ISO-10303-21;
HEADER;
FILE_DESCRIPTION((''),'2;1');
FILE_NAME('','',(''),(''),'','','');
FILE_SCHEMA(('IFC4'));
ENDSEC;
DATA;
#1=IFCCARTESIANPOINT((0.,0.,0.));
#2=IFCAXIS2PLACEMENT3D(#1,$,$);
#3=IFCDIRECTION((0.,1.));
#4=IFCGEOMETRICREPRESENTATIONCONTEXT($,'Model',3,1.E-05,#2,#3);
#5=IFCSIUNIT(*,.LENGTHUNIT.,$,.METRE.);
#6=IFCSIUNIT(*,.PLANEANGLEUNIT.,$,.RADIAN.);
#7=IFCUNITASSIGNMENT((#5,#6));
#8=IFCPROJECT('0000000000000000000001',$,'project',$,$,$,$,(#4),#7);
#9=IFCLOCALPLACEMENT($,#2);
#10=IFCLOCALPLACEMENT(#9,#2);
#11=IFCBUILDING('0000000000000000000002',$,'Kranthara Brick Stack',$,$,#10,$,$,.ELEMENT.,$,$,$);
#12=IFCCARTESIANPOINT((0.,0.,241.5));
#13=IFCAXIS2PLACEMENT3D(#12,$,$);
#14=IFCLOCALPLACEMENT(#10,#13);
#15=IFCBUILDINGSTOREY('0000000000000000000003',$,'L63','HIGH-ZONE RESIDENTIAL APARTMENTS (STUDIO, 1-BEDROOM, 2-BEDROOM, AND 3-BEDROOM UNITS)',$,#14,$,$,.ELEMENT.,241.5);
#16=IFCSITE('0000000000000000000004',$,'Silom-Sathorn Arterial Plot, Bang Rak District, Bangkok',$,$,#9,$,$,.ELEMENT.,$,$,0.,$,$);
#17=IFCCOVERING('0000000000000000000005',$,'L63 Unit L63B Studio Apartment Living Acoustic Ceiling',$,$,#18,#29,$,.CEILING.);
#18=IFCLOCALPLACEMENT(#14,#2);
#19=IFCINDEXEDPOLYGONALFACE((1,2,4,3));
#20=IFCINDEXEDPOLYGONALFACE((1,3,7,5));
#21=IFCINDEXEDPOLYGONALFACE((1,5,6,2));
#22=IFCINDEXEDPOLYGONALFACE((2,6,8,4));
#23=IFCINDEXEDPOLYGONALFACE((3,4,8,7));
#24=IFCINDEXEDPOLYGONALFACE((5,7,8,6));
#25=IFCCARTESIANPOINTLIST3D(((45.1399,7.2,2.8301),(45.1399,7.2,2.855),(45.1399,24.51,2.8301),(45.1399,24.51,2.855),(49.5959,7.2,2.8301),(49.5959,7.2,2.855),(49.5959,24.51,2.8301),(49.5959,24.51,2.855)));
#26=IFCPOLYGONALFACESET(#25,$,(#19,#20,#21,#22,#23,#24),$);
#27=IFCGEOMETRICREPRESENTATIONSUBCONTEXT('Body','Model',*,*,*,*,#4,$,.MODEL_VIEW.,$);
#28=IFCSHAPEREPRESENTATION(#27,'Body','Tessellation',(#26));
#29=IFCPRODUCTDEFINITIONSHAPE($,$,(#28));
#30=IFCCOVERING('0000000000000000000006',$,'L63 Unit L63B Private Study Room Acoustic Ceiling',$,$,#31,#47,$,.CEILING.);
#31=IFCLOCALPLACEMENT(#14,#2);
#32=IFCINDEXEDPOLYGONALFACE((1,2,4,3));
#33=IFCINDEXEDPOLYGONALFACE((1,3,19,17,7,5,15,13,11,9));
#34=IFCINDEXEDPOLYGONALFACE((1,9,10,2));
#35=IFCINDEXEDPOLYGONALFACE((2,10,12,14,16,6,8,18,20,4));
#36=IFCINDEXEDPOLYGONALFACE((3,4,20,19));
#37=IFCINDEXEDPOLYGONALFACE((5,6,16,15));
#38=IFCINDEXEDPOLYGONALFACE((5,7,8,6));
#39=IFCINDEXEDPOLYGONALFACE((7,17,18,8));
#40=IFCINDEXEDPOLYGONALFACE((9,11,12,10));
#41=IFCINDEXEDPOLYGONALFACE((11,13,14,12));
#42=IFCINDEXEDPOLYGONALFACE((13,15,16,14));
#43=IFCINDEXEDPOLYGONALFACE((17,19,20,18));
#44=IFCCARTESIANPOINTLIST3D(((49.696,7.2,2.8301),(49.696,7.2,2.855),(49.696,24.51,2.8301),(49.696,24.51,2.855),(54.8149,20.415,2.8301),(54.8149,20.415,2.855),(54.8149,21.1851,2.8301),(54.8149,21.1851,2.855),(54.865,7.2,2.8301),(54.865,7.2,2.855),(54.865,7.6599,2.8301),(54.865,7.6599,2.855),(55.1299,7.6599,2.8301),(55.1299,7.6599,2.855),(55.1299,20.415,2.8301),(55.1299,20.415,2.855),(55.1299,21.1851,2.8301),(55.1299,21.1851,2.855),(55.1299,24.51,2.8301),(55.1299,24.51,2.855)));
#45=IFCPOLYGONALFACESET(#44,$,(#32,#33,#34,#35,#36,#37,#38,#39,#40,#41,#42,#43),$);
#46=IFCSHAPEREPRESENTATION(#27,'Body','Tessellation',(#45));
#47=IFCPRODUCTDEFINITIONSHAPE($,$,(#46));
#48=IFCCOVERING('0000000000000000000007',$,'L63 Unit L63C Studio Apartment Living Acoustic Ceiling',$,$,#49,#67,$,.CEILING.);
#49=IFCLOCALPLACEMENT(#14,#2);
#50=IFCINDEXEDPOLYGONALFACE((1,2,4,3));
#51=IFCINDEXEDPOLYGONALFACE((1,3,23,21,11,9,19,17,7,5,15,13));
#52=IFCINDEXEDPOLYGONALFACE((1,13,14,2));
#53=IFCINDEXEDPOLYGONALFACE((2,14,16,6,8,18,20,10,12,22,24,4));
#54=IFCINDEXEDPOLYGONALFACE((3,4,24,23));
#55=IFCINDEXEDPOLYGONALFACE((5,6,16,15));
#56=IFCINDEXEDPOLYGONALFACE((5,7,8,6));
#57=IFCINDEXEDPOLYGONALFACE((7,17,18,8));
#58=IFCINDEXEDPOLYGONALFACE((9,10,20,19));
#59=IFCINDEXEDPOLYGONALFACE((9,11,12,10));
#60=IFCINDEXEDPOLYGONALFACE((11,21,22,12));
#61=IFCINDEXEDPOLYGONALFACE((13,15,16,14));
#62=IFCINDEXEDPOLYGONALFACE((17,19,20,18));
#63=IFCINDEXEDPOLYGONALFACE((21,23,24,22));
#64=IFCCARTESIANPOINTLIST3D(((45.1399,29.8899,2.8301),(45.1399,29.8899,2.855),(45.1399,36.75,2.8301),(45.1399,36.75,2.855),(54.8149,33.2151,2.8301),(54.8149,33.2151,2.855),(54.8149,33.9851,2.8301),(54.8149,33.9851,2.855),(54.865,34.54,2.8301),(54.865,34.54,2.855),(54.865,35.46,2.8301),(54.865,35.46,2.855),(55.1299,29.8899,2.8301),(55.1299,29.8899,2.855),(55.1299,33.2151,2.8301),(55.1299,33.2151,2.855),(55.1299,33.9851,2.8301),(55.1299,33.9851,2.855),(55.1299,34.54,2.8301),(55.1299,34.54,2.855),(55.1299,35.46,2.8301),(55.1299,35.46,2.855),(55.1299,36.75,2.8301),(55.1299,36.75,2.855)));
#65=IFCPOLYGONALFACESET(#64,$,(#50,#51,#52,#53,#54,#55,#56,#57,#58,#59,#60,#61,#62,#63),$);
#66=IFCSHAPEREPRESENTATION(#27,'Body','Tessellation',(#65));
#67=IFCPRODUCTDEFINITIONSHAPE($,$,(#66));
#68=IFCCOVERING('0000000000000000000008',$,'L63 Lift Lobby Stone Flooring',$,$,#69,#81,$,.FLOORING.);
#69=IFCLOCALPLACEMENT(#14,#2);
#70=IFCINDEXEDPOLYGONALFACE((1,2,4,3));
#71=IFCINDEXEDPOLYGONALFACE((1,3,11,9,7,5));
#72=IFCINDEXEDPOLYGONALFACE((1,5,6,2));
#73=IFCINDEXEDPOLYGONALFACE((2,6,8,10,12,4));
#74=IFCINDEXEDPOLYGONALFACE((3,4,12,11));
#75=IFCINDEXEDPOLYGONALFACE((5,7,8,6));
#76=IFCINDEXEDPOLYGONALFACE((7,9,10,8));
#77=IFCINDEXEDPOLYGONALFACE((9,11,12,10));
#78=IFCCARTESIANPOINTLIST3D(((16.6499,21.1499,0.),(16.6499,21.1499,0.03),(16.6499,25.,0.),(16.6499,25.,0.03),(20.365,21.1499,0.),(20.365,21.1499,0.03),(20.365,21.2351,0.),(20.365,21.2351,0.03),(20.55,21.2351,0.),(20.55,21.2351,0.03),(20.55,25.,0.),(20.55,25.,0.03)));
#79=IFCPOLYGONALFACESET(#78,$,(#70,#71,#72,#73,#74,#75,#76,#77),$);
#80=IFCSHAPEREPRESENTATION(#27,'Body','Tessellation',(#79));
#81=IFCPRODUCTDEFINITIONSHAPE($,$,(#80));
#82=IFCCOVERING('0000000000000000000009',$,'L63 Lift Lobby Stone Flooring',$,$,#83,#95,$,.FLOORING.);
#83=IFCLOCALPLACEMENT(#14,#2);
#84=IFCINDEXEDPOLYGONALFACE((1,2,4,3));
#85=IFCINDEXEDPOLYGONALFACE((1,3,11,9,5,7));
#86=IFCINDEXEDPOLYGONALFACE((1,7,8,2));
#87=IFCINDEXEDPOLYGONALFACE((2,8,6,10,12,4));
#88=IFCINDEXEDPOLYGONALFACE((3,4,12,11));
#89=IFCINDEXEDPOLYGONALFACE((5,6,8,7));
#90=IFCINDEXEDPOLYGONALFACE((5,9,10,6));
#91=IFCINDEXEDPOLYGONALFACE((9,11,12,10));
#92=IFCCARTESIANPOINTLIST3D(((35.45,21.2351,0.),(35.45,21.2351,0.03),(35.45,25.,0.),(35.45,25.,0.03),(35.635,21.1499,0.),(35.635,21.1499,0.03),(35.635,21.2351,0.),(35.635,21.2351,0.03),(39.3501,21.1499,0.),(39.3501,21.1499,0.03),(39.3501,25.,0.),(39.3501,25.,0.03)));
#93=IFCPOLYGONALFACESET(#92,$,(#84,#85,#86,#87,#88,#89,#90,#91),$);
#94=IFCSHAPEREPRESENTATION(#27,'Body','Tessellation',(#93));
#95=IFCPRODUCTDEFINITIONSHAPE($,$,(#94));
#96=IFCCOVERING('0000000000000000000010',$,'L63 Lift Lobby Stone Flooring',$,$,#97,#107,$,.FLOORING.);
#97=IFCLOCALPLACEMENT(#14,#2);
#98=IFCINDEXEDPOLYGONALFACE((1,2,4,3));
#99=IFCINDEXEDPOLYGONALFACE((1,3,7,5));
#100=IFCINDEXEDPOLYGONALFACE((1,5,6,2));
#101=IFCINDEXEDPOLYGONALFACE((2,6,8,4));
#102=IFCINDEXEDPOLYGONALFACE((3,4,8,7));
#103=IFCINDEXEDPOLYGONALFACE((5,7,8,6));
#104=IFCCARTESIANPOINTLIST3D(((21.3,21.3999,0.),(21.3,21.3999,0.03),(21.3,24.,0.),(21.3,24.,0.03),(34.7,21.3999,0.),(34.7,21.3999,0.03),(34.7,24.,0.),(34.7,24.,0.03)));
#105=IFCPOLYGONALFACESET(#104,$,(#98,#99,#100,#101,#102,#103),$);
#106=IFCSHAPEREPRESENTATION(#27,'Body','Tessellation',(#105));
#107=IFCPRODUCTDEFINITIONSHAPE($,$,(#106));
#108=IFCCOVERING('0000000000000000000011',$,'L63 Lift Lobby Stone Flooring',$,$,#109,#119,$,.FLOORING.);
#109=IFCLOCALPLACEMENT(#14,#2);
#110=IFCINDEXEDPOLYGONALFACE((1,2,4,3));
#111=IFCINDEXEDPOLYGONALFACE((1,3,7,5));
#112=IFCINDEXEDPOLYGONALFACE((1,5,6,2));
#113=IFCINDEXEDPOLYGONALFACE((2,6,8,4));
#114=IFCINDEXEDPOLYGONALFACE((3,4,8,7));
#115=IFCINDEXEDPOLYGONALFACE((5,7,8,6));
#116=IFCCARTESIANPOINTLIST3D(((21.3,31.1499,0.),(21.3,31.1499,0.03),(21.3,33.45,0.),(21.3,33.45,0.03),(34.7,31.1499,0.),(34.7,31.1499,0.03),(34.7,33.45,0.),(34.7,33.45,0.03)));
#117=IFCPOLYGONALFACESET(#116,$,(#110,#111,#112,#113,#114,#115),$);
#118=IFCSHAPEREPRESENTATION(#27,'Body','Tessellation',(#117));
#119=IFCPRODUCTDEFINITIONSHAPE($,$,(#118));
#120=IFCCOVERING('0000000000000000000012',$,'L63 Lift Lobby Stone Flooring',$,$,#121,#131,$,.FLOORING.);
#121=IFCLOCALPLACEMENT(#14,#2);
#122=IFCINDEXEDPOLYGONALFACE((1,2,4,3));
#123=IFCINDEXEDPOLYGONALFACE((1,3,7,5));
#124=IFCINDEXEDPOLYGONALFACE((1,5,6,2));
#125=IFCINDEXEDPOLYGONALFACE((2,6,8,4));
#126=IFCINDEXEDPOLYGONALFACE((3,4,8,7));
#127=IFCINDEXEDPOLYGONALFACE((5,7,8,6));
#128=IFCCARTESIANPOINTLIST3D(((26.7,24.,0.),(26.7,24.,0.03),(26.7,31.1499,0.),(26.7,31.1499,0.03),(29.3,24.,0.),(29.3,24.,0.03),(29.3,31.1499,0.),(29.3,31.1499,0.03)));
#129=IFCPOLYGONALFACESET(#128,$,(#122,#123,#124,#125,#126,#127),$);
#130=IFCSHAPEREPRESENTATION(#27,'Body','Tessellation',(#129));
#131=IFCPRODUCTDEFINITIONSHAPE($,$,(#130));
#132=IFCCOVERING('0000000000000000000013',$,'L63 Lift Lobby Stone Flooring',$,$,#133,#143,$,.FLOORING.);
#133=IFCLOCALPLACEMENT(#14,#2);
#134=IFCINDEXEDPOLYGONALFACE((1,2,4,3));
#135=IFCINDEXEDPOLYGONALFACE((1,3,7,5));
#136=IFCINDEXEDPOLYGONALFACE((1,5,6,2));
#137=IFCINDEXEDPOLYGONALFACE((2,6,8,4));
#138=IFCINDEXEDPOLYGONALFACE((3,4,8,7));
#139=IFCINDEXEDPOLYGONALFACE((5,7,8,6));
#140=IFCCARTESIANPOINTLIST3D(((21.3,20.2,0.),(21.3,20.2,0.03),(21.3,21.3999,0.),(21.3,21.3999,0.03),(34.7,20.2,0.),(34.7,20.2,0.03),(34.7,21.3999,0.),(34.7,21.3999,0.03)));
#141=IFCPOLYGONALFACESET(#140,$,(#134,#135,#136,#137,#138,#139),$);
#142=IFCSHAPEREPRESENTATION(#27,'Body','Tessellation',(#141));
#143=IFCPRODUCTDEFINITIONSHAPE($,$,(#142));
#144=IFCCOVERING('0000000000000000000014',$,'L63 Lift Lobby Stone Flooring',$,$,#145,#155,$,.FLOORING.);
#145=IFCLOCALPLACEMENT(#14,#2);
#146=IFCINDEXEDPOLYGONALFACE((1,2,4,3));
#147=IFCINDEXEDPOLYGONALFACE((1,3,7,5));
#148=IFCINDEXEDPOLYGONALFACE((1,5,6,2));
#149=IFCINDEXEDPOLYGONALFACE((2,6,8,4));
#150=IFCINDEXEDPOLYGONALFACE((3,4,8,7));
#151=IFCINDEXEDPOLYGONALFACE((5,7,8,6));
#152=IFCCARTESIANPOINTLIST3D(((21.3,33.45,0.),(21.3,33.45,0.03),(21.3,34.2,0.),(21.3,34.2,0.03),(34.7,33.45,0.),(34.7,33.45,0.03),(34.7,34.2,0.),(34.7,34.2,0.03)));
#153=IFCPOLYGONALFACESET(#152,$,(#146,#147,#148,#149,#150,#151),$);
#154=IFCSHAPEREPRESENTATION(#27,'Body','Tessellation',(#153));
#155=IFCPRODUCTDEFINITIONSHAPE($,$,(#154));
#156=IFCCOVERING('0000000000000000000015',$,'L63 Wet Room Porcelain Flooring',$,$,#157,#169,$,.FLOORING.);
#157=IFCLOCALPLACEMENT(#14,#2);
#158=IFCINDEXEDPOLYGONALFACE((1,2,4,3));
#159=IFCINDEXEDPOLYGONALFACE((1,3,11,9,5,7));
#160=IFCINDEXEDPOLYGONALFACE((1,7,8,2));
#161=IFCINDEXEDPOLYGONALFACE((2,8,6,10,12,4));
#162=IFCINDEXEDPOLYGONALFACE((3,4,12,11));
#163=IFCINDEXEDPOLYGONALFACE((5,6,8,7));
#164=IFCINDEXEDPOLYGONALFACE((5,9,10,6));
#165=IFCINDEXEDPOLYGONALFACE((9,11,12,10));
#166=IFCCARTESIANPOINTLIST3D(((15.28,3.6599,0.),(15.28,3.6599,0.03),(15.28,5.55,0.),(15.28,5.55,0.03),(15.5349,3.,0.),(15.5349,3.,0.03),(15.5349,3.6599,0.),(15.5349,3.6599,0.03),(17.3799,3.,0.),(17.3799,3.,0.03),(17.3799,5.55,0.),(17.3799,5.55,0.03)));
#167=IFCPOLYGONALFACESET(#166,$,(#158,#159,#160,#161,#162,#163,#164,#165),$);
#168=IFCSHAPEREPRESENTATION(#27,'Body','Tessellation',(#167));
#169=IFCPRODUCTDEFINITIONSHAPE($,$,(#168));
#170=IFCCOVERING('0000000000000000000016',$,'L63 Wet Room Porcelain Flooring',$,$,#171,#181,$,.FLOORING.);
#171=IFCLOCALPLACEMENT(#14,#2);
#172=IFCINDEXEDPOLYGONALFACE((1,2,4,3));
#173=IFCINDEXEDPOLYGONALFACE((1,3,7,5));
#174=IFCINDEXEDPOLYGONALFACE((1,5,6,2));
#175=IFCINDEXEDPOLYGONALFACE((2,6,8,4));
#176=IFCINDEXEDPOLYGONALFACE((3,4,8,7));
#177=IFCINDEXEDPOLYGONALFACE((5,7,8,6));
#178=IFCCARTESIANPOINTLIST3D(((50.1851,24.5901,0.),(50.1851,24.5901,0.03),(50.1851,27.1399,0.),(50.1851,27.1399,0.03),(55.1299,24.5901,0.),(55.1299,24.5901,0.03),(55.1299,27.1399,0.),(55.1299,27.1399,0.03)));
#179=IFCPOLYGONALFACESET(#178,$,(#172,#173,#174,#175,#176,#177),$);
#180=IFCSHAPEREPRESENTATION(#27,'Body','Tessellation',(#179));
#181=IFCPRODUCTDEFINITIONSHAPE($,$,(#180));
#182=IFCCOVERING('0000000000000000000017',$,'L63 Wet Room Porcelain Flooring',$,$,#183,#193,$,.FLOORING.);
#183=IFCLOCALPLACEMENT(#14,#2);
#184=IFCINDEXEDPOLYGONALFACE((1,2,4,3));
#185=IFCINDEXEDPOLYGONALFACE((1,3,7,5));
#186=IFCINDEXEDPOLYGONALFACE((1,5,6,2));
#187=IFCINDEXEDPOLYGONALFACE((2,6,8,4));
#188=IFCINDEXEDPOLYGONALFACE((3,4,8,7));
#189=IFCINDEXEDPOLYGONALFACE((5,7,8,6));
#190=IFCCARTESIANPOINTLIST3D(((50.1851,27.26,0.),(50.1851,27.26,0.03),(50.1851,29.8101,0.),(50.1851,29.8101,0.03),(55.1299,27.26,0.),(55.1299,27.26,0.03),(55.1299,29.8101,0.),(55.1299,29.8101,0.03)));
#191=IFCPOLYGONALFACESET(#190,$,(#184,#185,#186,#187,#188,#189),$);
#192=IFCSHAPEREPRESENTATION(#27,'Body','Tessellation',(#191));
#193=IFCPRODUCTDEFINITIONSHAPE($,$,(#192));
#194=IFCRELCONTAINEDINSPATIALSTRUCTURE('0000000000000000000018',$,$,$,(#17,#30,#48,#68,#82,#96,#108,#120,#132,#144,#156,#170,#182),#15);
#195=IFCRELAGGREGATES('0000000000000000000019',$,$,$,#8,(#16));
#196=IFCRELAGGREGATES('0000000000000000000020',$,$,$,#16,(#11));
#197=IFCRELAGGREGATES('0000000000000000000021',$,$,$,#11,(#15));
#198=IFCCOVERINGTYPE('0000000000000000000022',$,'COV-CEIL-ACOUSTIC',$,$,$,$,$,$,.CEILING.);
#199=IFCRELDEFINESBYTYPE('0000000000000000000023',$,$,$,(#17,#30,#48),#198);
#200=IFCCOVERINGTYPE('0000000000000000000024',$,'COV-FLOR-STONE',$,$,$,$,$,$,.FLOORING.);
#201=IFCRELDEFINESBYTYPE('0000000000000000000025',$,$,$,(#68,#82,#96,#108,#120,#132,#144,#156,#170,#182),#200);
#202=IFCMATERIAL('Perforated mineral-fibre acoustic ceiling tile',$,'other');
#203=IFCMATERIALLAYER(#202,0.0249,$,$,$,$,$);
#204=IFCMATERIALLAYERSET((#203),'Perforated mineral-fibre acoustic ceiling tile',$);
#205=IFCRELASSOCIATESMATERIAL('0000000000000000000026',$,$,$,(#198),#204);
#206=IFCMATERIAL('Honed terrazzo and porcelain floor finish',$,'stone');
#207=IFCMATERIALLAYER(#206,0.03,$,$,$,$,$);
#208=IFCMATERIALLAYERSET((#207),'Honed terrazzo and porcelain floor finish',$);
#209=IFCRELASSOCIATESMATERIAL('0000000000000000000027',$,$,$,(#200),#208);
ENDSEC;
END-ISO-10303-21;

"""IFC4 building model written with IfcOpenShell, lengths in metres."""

from ifc_helpers import new_model, si_unit, direction, frame, origin, place, context, subcontext, project, spatial, polyline, outline, extrude, material, layer, layer_set, type_object, element, save


model = new_model("IFC4")

# Units and contexts
model_context = context("Model", 3, precision=1e-05, world=origin(), true_north=direction((0.0, 1.0)))
body_context = subcontext(model_context, "Body", "Model", "MODEL_VIEW")
ifc_project = project(units=[si_unit("LENGTHUNIT", "METRE"), si_unit("PLANEANGLEUNIT", "RADIAN")], contexts=[model_context])

# Site, building, storey
site_placement = place(None, origin())
site = spatial("IfcSite", under=ifc_project, at=site_placement, Name="Silom-Sathorn Arterial Plot, Bang Rak District, Bangkok", CompositionType="ELEMENT", RefElevation=0.0)
building_placement = place(site_placement, origin())
building = spatial("IfcBuilding", under=site, at=building_placement, Name="Kranthara Brick Stack", CompositionType="ELEMENT")
storey_placement = place(building_placement, frame((0.0, 0.0, 241.5)))
storey = spatial("IfcBuildingStorey", under=building, at=storey_placement, Name="L63", Description="HIGH-ZONE RESIDENTIAL APARTMENTS (STUDIO, 1-BEDROOM, 2-BEDROOM, AND 3-BEDROOM UNITS)", CompositionType="ELEMENT", Elevation=241.5)

# Coverings
ifc_material_1 = material(Name="Perforated mineral-fibre acoustic ceiling tile", Category="other")
ifc_layer_1 = layer(ifc_material_1, 0.0249)
ifc_layer_set_1 = layer_set([ifc_layer_1], Name="Perforated mineral-fibre acoustic ceiling tile")
covering_type_1 = type_object("IfcCoveringType", Name="COV-CEIL-ACOUSTIC", PredefinedType="CEILING", material=ifc_layer_set_1)
covering_1_placement = place(storey_placement, frame((0.0, 0.0, 2.8301)))
element("IfcCovering", 1, at=covering_1_placement, inside=storey, type_object=covering_type_1, Name="L63 Unit L63B Studio Apartment Living Acoustic Ceiling", PredefinedType="CEILING", context=body_context, shape_type="SweptSolid", body=[
    extrude(outline(polyline([(49.5959, 7.2), (49.5959, 24.51), (45.1399, 24.51), (45.1399, 7.2), (49.5959, 7.2)])), origin(), (0.0, 0.0, 1.0), 0.0249),
])
covering_2_placement = place(storey_placement, frame((0.0, 0.0, 2.8301)))
element("IfcCovering", 2, at=covering_2_placement, inside=storey, type_object=covering_type_1, Name="L63 Unit L63B Private Study Room Acoustic Ceiling", PredefinedType="CEILING", context=body_context, shape_type="SweptSolid", body=[
    extrude(outline(polyline([(49.696, 24.51), (55.1299, 24.51), (55.1299, 21.1851), (54.8149, 21.1851), (54.8149, 20.415), (55.1299, 20.415), (55.1299, 7.6599), (54.865, 7.6599), (54.865, 7.2), (49.696, 7.2), (49.696, 24.51)])), origin(), (0.0, 0.0, 1.0), 0.0249),
])
covering_3_placement = place(storey_placement, frame((0.0, 0.0, 2.8301)))
element("IfcCovering", 3, at=covering_3_placement, inside=storey, type_object=covering_type_1, Name="L63 Unit L63C Studio Apartment Living Acoustic Ceiling", PredefinedType="CEILING", context=body_context, shape_type="SweptSolid", body=[
    extrude(outline(polyline([(45.1399, 29.8899), (45.1399, 36.75), (55.1299, 36.75), (55.1299, 35.46), (54.865, 35.46), (54.865, 34.54), (55.1299, 34.54), (55.1299, 33.9851), (54.8149, 33.9851), (54.8149, 33.2151), (55.1299, 33.2151), (55.1299, 29.8899), (45.1399, 29.8899)])), origin(), (0.0, 0.0, 1.0), 0.0249),
])
ifc_material_2 = material(Name="Honed terrazzo and porcelain floor finish", Category="stone")
ifc_layer_2 = layer(ifc_material_2, 0.03)
ifc_layer_set_2 = layer_set([ifc_layer_2], Name="Honed terrazzo and porcelain floor finish")
covering_type_2 = type_object("IfcCoveringType", Name="COV-FLOR-STONE", PredefinedType="FLOORING", material=ifc_layer_set_2)
covering_4_placement = place(storey_placement, origin())
element("IfcCovering", 4, at=covering_4_placement, inside=storey, type_object=covering_type_2, Name="L63 Lift Lobby Stone Flooring", PredefinedType="FLOORING", context=body_context, shape_type="SweptSolid", body=[
    extrude(outline(polyline([(16.6499, 21.1499), (16.6499, 25.0), (20.55, 25.0), (20.55, 21.2351), (20.365, 21.2351), (20.365, 21.1499), (16.6499, 21.1499)])), origin(), (0.0, 0.0, 1.0), 0.03),
])
covering_5_placement = place(storey_placement, origin())
element("IfcCovering", 5, at=covering_5_placement, inside=storey, type_object=covering_type_2, Name="L63 Lift Lobby Stone Flooring", PredefinedType="FLOORING", context=body_context, shape_type="SweptSolid", body=[
    extrude(outline(polyline([(35.45, 25.0), (39.3501, 25.0), (39.3501, 21.1499), (35.635, 21.1499), (35.635, 21.2351), (35.45, 21.2351), (35.45, 25.0)])), origin(), (0.0, 0.0, 1.0), 0.03),
])
covering_6_placement = place(storey_placement, origin())
element("IfcCovering", 6, at=covering_6_placement, inside=storey, type_object=covering_type_2, Name="L63 Lift Lobby Stone Flooring", PredefinedType="FLOORING", context=body_context, shape_type="SweptSolid", body=[
    extrude(outline(polyline([(34.7, 21.3999), (34.7, 24.0), (21.3, 24.0), (21.3, 21.3999), (34.7, 21.3999)])), origin(), (0.0, 0.0, 1.0), 0.03),
])
covering_7_placement = place(storey_placement, origin())
element("IfcCovering", 7, at=covering_7_placement, inside=storey, type_object=covering_type_2, Name="L63 Lift Lobby Stone Flooring", PredefinedType="FLOORING", context=body_context, shape_type="SweptSolid", body=[
    extrude(outline(polyline([(34.7, 31.1499), (34.7, 33.45), (21.3, 33.45), (21.3, 31.1499), (34.7, 31.1499)])), origin(), (0.0, 0.0, 1.0), 0.03),
])
covering_8_placement = place(storey_placement, origin())
element("IfcCovering", 8, at=covering_8_placement, inside=storey, type_object=covering_type_2, Name="L63 Lift Lobby Stone Flooring", PredefinedType="FLOORING", context=body_context, shape_type="SweptSolid", body=[
    extrude(outline(polyline([(29.3, 24.0), (26.7, 24.0), (26.7, 31.1499), (29.3, 31.1499), (29.3, 24.0)])), origin(), (0.0, 0.0, 1.0), 0.03),
])
covering_9_placement = place(storey_placement, origin())
element("IfcCovering", 9, at=covering_9_placement, inside=storey, type_object=covering_type_2, Name="L63 Lift Lobby Stone Flooring", PredefinedType="FLOORING", context=body_context, shape_type="SweptSolid", body=[
    extrude(outline(polyline([(34.7, 20.2), (21.3, 20.2), (21.3, 21.3999), (34.7, 21.3999), (34.7, 20.2)])), origin(), (0.0, 0.0, 1.0), 0.03),
])
covering_10_placement = place(storey_placement, origin())
element("IfcCovering", 10, at=covering_10_placement, inside=storey, type_object=covering_type_2, Name="L63 Lift Lobby Stone Flooring", PredefinedType="FLOORING", context=body_context, shape_type="SweptSolid", body=[
    extrude(outline(polyline([(34.7, 33.45), (21.3, 33.45), (21.3, 34.2), (34.7, 34.2), (34.7, 33.45)])), origin(), (0.0, 0.0, 1.0), 0.03),
])
covering_11_placement = place(storey_placement, origin())
element("IfcCovering", 11, at=covering_11_placement, inside=storey, type_object=covering_type_2, Name="L63 Wet Room Porcelain Flooring", PredefinedType="FLOORING", context=body_context, shape_type="SweptSolid", body=[
    extrude(outline(polyline([(15.28, 5.55), (17.3799, 5.55), (17.3799, 3.0), (15.5349, 3.0), (15.5349, 3.6599), (15.28, 3.6599), (15.28, 5.55)])), origin(), (0.0, 0.0, 1.0), 0.03),
])
covering_12_placement = place(storey_placement, origin())
element("IfcCovering", 12, at=covering_12_placement, inside=storey, type_object=covering_type_2, Name="L63 Wet Room Porcelain Flooring", PredefinedType="FLOORING", context=body_context, shape_type="SweptSolid", body=[
    extrude(outline(polyline([(55.1299, 24.5901), (55.1299, 27.1399), (50.1851, 27.1399), (50.1851, 24.5901), (55.1299, 24.5901)])), origin(), (0.0, 0.0, 1.0), 0.03),
])
covering_13_placement = place(storey_placement, origin())
element("IfcCovering", 13, at=covering_13_placement, inside=storey, type_object=covering_type_2, Name="L63 Wet Room Porcelain Flooring", PredefinedType="FLOORING", context=body_context, shape_type="SweptSolid", body=[
    extrude(outline(polyline([(55.1299, 27.26), (55.1299, 29.8101), (50.1851, 29.8101), (50.1851, 27.26), (55.1299, 27.26)])), origin(), (0.0, 0.0, 1.0), 0.03),
])

save(model, "model.ifc")
